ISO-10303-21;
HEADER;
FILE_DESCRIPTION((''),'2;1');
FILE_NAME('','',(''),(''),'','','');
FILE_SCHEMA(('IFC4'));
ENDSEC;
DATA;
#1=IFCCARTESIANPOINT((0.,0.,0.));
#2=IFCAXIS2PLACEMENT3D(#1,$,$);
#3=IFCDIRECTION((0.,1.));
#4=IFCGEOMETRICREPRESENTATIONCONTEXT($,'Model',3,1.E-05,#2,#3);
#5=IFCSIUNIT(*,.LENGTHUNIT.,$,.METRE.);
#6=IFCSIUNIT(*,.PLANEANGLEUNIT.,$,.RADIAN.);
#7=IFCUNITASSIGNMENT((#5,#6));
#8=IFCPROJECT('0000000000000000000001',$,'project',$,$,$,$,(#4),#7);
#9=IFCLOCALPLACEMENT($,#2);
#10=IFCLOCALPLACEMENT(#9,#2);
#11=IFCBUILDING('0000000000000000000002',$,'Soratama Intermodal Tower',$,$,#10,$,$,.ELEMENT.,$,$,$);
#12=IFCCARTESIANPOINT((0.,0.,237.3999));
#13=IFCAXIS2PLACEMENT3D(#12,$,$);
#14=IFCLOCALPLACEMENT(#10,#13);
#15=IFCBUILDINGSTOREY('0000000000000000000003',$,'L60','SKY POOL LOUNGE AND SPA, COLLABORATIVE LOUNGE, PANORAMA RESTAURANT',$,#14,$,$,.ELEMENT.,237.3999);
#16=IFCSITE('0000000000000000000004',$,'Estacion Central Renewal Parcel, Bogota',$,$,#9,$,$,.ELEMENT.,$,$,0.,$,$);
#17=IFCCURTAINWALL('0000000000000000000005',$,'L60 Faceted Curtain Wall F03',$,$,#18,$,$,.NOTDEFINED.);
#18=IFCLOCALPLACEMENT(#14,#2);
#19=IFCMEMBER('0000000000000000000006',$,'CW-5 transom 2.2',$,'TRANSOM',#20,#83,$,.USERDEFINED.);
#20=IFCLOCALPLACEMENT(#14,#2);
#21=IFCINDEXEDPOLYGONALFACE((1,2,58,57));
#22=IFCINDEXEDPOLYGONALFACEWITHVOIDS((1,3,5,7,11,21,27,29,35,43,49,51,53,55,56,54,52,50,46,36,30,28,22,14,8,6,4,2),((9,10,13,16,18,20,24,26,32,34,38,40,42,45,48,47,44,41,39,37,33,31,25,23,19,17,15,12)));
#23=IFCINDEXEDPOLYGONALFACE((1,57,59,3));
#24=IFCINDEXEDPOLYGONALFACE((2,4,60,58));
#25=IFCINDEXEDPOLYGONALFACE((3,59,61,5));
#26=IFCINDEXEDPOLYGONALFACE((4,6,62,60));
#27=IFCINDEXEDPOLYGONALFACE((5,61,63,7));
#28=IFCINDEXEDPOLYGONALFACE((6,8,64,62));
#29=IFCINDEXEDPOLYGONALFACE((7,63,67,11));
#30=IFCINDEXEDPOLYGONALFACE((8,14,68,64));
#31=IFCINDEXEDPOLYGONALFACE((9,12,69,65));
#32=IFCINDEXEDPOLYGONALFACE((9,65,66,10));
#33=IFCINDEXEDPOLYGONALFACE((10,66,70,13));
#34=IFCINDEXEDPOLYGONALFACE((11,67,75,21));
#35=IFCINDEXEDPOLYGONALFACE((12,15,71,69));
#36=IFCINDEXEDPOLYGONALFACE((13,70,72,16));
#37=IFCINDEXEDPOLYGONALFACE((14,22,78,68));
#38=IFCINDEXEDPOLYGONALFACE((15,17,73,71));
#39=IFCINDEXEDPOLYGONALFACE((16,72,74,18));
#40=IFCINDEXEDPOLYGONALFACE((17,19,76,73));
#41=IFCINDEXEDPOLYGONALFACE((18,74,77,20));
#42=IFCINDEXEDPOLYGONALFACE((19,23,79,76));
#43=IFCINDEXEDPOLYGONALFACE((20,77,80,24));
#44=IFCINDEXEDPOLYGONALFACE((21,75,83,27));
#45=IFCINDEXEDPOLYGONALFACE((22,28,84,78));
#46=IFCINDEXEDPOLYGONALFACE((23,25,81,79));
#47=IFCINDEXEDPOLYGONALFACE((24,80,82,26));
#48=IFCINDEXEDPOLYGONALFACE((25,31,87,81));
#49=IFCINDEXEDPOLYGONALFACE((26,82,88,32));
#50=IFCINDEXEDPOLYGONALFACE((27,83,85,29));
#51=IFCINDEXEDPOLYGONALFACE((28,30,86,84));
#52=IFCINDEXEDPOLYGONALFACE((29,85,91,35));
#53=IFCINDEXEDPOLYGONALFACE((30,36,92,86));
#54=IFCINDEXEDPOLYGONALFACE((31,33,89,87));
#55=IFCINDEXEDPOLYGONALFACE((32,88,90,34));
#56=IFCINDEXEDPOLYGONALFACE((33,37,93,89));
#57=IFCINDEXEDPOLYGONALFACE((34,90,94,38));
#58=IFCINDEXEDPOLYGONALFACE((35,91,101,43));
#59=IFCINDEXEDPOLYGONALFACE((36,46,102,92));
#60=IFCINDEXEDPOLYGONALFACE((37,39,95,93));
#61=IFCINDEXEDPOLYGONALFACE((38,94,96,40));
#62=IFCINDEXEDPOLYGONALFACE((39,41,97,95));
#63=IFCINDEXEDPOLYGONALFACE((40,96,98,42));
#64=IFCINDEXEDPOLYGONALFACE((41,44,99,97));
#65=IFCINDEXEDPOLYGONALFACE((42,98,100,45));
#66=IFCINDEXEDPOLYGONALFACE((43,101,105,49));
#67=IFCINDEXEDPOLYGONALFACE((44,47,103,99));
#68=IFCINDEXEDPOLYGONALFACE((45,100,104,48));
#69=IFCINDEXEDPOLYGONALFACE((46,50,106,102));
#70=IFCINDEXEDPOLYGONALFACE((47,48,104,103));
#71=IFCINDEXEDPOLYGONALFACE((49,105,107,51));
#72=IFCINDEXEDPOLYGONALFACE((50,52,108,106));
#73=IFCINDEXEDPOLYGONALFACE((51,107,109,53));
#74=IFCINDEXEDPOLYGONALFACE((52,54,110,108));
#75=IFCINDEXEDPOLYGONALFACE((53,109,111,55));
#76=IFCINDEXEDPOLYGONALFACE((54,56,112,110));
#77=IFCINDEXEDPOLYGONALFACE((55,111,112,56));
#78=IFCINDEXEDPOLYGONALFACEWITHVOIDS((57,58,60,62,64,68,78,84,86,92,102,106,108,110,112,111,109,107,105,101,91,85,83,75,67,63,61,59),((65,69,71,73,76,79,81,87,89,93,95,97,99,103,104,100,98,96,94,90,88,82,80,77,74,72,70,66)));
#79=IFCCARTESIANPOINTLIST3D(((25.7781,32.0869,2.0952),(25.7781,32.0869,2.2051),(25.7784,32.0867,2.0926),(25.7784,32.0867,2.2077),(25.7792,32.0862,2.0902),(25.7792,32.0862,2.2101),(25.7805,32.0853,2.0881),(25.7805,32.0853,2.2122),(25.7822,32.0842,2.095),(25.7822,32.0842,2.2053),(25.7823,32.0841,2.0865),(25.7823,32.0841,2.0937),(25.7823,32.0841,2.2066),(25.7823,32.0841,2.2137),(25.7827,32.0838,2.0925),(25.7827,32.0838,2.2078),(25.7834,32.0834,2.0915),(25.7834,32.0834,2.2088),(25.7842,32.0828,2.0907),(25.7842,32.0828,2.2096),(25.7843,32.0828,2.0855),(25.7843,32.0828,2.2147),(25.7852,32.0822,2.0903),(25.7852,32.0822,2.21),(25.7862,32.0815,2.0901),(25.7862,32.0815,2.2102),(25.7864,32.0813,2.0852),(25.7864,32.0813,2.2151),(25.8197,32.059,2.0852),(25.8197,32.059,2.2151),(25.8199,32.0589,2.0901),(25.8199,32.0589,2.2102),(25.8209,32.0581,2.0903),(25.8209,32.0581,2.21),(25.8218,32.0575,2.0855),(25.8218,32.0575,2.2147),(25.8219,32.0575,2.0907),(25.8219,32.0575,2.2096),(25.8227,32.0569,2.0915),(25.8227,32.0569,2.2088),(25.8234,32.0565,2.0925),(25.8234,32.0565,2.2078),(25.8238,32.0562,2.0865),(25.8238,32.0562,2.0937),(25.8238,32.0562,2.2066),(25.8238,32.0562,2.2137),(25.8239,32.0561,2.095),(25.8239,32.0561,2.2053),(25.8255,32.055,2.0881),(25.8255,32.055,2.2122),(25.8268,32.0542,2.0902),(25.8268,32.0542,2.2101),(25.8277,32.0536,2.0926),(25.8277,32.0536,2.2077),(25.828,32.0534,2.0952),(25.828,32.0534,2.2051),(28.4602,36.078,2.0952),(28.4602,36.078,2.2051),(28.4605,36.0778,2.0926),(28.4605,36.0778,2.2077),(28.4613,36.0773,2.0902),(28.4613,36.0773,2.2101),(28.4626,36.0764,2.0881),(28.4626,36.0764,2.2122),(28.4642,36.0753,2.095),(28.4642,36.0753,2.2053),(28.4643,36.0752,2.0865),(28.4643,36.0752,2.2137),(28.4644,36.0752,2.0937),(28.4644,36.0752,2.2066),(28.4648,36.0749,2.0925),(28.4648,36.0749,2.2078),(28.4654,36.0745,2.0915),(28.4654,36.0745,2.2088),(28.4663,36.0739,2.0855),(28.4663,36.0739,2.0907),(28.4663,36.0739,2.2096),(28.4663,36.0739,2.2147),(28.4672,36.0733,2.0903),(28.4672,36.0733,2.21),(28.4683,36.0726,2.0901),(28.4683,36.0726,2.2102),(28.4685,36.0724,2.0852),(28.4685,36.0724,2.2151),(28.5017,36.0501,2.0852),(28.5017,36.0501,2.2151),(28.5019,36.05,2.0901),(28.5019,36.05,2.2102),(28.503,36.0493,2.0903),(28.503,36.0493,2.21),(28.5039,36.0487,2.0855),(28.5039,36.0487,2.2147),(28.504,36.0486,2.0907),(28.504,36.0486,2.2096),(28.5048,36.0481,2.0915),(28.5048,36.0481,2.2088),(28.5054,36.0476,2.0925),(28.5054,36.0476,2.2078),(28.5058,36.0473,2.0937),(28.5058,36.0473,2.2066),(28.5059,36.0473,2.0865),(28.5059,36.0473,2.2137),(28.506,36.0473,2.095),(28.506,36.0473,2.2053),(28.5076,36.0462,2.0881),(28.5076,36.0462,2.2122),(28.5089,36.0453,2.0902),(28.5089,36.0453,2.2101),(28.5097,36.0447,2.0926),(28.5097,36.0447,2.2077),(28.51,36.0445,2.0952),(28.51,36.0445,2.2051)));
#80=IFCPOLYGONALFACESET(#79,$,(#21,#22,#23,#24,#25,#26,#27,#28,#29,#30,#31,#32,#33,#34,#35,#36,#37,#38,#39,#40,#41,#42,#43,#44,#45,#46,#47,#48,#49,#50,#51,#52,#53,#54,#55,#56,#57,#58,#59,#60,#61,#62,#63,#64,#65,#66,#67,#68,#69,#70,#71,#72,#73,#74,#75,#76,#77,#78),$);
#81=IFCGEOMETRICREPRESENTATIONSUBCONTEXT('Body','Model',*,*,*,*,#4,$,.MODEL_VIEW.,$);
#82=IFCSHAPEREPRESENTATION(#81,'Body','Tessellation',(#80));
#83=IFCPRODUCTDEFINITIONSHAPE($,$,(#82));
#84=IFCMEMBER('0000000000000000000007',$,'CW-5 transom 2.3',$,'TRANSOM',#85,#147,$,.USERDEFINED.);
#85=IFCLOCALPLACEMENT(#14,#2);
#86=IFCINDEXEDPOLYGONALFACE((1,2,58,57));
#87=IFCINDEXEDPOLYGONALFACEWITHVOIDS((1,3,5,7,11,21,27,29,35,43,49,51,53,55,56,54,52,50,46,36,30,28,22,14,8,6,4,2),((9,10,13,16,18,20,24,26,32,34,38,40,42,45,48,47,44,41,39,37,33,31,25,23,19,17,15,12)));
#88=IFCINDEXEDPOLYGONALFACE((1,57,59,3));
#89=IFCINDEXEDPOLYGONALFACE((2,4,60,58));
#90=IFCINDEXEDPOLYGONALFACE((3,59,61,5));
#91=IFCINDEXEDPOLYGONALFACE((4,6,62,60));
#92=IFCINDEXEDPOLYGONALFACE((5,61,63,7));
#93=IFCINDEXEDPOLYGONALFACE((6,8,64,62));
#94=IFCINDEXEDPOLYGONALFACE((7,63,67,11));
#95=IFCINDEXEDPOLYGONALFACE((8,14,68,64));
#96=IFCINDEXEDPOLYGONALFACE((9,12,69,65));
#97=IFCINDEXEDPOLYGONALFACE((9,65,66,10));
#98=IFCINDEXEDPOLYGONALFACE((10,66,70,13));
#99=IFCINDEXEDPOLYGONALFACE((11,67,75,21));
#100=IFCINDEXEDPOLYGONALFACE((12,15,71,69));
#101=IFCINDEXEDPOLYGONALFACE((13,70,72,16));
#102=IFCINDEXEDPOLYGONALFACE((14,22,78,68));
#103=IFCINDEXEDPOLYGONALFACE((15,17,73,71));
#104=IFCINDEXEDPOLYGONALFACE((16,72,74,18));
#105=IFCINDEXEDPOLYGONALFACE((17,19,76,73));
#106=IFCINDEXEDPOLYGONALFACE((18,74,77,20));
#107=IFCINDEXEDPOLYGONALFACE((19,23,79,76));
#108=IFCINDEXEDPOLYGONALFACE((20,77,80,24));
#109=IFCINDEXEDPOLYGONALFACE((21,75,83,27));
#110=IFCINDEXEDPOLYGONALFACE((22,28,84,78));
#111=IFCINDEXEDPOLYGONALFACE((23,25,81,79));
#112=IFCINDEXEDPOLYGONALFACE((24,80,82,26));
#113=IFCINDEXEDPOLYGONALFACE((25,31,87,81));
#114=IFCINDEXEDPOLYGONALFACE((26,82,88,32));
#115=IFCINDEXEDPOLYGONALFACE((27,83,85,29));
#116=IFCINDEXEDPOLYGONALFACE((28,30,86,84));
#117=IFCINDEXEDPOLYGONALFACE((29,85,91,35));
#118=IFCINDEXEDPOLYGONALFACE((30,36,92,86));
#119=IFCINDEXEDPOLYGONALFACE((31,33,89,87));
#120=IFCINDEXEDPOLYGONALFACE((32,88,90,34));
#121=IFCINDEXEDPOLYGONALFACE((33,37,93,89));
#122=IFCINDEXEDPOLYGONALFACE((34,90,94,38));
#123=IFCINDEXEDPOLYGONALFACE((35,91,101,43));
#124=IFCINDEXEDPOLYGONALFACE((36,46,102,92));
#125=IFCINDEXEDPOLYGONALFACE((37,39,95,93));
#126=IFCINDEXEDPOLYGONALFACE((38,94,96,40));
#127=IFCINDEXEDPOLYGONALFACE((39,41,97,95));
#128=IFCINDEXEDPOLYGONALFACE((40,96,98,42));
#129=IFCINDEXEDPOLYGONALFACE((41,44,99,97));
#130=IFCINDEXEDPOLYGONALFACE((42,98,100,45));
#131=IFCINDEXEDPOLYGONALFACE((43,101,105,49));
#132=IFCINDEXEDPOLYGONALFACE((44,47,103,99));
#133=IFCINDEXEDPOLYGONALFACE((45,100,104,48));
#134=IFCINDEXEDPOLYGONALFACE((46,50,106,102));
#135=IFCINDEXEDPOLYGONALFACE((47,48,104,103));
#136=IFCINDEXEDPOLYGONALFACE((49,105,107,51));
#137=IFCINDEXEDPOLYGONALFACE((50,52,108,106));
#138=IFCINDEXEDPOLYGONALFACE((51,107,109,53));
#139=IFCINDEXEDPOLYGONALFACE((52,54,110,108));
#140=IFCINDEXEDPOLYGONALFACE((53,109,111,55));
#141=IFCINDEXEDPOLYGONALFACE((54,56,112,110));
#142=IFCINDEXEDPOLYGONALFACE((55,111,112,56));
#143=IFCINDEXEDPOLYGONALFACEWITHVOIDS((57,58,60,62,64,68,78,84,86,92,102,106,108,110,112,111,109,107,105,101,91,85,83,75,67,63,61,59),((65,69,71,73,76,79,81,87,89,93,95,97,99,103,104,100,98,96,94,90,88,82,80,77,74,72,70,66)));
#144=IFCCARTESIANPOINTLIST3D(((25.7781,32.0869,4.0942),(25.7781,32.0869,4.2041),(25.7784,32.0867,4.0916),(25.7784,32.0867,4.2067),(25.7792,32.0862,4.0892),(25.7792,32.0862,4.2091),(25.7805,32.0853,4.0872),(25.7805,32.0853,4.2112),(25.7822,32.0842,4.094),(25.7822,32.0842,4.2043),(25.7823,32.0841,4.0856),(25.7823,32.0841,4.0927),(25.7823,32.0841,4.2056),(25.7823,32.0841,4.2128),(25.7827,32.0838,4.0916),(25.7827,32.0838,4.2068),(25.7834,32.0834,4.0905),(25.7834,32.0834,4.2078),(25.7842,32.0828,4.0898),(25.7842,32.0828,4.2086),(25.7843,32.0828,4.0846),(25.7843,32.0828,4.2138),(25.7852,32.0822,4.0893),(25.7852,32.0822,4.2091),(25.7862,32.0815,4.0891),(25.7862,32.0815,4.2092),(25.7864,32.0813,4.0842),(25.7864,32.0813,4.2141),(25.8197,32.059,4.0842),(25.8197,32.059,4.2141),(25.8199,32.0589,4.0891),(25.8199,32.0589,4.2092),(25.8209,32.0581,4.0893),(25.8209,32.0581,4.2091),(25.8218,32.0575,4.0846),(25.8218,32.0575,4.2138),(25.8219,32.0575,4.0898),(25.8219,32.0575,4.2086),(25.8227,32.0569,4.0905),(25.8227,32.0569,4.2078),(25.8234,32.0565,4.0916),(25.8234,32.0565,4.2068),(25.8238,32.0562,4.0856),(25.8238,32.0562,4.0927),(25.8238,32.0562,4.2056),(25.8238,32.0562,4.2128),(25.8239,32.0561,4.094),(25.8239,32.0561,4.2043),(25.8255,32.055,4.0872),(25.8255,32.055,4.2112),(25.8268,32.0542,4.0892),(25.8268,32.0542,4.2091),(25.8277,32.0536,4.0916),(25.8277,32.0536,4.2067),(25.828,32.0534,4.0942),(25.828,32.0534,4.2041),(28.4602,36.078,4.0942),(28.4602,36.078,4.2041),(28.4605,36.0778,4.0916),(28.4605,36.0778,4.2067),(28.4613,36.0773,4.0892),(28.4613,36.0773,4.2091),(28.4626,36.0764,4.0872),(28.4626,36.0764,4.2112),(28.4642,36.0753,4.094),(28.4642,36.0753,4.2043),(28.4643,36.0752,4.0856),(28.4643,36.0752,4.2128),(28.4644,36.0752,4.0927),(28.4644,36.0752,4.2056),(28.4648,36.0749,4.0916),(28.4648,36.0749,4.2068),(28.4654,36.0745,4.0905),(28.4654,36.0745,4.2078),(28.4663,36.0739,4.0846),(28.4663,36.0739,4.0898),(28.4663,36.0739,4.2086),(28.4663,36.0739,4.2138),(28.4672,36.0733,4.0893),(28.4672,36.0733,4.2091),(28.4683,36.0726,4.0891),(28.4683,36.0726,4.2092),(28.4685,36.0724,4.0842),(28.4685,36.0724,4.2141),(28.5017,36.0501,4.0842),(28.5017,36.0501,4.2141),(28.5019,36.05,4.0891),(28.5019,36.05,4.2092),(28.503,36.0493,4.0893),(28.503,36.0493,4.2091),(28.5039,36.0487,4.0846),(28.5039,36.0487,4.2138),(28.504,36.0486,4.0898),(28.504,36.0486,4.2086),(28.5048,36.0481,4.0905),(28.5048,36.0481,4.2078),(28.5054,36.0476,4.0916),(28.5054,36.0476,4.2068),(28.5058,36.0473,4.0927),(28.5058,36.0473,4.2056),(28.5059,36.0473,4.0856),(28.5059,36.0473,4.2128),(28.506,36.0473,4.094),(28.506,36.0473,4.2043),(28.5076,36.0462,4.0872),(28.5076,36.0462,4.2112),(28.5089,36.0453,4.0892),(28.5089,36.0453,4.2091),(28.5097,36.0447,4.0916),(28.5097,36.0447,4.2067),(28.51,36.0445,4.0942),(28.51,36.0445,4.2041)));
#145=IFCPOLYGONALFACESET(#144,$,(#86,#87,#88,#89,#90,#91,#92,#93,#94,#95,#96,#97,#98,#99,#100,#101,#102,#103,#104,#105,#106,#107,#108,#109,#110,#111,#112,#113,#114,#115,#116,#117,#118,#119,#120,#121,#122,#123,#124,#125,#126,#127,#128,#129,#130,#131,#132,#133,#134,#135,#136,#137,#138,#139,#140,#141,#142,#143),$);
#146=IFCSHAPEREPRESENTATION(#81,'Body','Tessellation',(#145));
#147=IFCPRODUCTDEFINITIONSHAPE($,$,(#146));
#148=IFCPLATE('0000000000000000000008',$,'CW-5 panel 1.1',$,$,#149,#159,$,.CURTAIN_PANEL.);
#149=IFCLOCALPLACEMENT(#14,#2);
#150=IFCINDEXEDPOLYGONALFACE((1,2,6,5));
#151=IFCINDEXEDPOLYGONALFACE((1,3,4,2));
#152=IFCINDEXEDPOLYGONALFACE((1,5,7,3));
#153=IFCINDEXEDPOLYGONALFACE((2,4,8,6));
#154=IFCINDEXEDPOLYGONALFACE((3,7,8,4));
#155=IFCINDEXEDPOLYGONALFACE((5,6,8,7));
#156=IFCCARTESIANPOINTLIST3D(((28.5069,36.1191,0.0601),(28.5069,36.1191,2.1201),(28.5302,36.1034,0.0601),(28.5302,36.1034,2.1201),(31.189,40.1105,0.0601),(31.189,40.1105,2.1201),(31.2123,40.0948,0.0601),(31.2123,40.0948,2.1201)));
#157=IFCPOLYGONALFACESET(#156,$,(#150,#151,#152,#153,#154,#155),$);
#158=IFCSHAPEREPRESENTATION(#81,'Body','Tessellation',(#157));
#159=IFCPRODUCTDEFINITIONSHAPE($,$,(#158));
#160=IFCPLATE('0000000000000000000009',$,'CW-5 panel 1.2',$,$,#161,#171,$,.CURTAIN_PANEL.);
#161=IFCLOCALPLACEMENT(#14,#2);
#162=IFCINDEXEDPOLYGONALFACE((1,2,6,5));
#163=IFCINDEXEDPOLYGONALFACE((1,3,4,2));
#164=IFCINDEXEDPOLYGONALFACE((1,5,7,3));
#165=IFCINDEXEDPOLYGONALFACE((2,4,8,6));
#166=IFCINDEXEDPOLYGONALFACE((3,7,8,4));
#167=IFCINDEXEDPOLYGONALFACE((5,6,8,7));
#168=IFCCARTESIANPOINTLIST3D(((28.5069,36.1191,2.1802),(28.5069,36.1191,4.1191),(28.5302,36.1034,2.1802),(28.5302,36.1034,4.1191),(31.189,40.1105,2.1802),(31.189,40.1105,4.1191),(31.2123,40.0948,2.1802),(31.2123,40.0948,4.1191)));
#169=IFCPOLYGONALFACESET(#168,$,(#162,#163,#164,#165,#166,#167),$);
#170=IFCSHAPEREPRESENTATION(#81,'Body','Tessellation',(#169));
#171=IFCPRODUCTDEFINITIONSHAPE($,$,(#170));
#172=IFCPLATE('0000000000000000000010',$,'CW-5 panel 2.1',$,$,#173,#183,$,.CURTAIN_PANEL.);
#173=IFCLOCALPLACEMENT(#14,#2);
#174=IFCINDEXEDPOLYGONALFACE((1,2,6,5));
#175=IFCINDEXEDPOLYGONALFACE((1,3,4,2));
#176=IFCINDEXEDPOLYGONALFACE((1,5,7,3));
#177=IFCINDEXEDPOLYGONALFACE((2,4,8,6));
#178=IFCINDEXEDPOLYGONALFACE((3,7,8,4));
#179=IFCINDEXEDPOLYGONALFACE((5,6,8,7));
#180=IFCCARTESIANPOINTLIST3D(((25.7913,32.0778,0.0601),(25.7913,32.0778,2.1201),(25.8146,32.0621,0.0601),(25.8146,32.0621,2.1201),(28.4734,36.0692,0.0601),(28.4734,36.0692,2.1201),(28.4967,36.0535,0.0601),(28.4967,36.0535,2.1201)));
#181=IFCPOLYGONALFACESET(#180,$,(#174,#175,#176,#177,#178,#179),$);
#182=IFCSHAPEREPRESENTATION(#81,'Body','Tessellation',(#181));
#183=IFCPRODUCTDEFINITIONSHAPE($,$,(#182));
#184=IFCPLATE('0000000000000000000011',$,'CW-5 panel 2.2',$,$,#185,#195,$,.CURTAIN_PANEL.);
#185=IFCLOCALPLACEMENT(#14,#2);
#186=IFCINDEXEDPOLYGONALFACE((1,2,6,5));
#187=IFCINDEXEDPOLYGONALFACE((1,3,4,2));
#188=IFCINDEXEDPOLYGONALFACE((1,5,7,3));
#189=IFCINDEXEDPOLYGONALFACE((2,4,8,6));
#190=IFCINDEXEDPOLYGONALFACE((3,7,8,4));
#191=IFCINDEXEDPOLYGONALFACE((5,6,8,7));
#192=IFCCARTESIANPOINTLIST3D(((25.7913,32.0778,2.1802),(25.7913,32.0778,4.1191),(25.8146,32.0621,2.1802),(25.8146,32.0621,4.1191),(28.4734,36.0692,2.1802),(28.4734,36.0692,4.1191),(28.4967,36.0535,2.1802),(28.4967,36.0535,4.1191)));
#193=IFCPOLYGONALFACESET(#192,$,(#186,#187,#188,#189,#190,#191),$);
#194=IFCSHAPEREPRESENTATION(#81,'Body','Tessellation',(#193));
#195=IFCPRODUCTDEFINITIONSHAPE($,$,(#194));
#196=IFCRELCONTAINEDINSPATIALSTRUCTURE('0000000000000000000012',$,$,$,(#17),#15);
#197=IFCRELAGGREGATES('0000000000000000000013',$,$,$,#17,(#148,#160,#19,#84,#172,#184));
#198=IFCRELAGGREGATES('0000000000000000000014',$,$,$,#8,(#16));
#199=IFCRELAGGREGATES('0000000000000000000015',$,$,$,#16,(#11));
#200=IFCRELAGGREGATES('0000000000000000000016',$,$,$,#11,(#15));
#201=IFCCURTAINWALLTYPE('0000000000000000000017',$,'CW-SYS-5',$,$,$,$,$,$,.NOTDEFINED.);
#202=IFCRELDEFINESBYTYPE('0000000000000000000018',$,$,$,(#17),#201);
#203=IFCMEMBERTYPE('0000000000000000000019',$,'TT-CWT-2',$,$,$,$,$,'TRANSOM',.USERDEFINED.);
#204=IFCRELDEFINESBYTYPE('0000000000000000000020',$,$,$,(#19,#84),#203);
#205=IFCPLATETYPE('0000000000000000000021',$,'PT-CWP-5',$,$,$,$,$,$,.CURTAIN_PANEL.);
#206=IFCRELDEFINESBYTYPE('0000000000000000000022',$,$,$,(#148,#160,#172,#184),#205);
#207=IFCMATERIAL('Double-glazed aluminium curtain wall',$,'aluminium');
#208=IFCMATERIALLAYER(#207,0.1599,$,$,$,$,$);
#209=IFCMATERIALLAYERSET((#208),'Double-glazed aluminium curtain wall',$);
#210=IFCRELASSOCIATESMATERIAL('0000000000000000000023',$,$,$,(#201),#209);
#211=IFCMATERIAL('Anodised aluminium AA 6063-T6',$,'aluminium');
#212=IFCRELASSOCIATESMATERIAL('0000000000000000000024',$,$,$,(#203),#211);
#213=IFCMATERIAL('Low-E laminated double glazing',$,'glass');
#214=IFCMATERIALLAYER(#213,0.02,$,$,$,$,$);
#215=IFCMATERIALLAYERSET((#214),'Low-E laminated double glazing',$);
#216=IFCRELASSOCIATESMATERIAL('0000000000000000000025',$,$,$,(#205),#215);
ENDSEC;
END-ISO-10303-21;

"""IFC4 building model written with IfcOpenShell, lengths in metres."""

from ifc_helpers import new_model, si_unit, direction, frame, origin, origin_2d, place, context, subcontext, project, spatial, rectangle, hollow_rectangle, extrude, material, layer, layer_set, material_profile, profile_set, type_object, element, aggregate, save


model = new_model("IFC4")

# Units and contexts
model_context = context("Model", 3, precision=1e-05, world=origin(), true_north=direction((0.0, 1.0)))
body_context = subcontext(model_context, "Body", "Model", "MODEL_VIEW")
ifc_project = project(units=[si_unit("LENGTHUNIT", "METRE"), si_unit("PLANEANGLEUNIT", "RADIAN")], contexts=[model_context])

# Site, building, storey
site_placement = place(None, origin())
site = spatial("IfcSite", under=ifc_project, at=site_placement, Name="Estacion Central Renewal Parcel, Bogota", CompositionType="ELEMENT", RefElevation=0.0)
building_placement = place(site_placement, origin())
building = spatial("IfcBuilding", under=site, at=building_placement, Name="Soratama Intermodal Tower", CompositionType="ELEMENT")
storey_placement = place(building_placement, frame((0.0, 0.0, 237.3999)))
storey = spatial("IfcBuildingStorey", under=building, at=storey_placement, Name="L60", Description="SKY POOL LOUNGE AND SPA, COLLABORATIVE LOUNGE, PANORAMA RESTAURANT", CompositionType="ELEMENT", Elevation=237.3999)

# Curtain wall, members, plates
ifc_material_1 = material(Name="Double-glazed aluminium curtain wall", Category="aluminium")
ifc_layer_1 = layer(ifc_material_1, 0.1599)
ifc_layer_set_1 = layer_set([ifc_layer_1], Name="Double-glazed aluminium curtain wall")
curtain_wall_type = type_object("IfcCurtainWallType", Name="CW-SYS-5", PredefinedType="NOTDEFINED", material=ifc_layer_set_1)
curtain_wall_placement = place(storey_placement, origin())
curtain_wall = element("IfcCurtainWall", 1, at=curtain_wall_placement, inside=storey, type_object=curtain_wall_type, Name="L60 Faceted Curtain Wall F03", PredefinedType="NOTDEFINED")
ifc_material_2 = material(Name="Anodised aluminium AA 6063-T6", Category="aluminium")
ifc_material_profile_1 = material_profile(ifc_material_2, hollow_rectangle(XDim=0.0601, YDim=0.1299, WallThickness=0.0049, InnerFilletRadius=0.0049, OuterFilletRadius=0.01, at=origin_2d()), Name="CWT130X60X5")
ifc_profile_set_1 = profile_set([ifc_material_profile_1], Name="Anodised aluminium AA 6063-T6")
member_type_1 = type_object("IfcMemberType", Name="TT-CWT-2", ElementType="TRANSOM", PredefinedType="USERDEFINED", material=ifc_profile_set_1)
member_1_placement = place(storey_placement, frame((28.4851, 36.0613, 2.1501), z_axis=(-0.557766, -0.829998, 0.0), x_axis=(0.829998, -0.557766, 0.0)))
member_1 = element("IfcMember", 2, at=member_1_placement, type_object=member_type_1, Name="CW-5 transom 2.2", ObjectType="TRANSOM", PredefinedType="USERDEFINED", context=body_context, shape_type="SweptSolid", body=[
    extrude(hollow_rectangle(XDim=0.0601, YDim=0.1299, WallThickness=0.0049, InnerFilletRadius=0.0049, OuterFilletRadius=0.01, at=origin_2d()), origin(), (0.0, 0.0, 1.0), 4.8086),
])
member_2_placement = place(storey_placement, frame((28.4851, 36.0613, 4.1492), z_axis=(-0.557766, -0.829998, 0.0), x_axis=(0.829998, -0.557766, 0.0)))
member_2 = element("IfcMember", 3, at=member_2_placement, type_object=member_type_1, Name="CW-5 transom 2.3", ObjectType="TRANSOM", PredefinedType="USERDEFINED", context=body_context, shape_type="SweptSolid", body=[
    extrude(hollow_rectangle(XDim=0.0601, YDim=0.1299, WallThickness=0.0049, InnerFilletRadius=0.0049, OuterFilletRadius=0.01, at=origin_2d()), origin(), (0.0, 0.0, 1.0), 4.8086),
])
ifc_material_3 = material(Name="Low-E laminated double glazing", Category="glass")
ifc_layer_2 = layer(ifc_material_3, 0.02)
ifc_layer_set_2 = layer_set([ifc_layer_2], Name="Low-E laminated double glazing")
plate_type = type_object("IfcPlateType", Name="PT-CWP-5", PredefinedType="CURTAIN_PANEL", material=ifc_layer_set_2)
plate_1_placement = place(storey_placement, frame((29.8596, 38.1069, 0.0601), z_axis=(0.0, 0.0, 1.0), x_axis=(-0.557744, -0.830013, 0.0)))
plate_1 = element("IfcPlate", 4, at=plate_1_placement, type_object=plate_type, Name="CW-5 panel 1.1", PredefinedType="CURTAIN_PANEL", context=body_context, shape_type="SweptSolid", body=[
    extrude(rectangle(XDim=4.8088, YDim=0.0281, at=origin_2d()), origin(), (0.0, 0.0, 1.0), 2.0601),
])
plate_2_placement = place(storey_placement, frame((29.8596, 38.1069, 2.1802), z_axis=(0.0, 0.0, 1.0), x_axis=(-0.557744, -0.830013, 0.0)))
plate_2 = element("IfcPlate", 5, at=plate_2_placement, type_object=plate_type, Name="CW-5 panel 1.2", PredefinedType="CURTAIN_PANEL", context=body_context, shape_type="SweptSolid", body=[
    extrude(rectangle(XDim=4.8088, YDim=0.0281, at=origin_2d()), origin(), (0.0, 0.0, 1.0), 1.939),
])
plate_3_placement = place(storey_placement, frame((27.144, 34.0657, 0.0601), z_axis=(0.0, 0.0, 1.0), x_axis=(-0.557744, -0.830013, 0.0)))
plate_3 = element("IfcPlate", 6, at=plate_3_placement, type_object=plate_type, Name="CW-5 panel 2.1", PredefinedType="CURTAIN_PANEL", context=body_context, shape_type="SweptSolid", body=[
    extrude(rectangle(XDim=4.8088, YDim=0.0281, at=origin_2d()), origin(), (0.0, 0.0, 1.0), 2.0601),
])
plate_4_placement = place(storey_placement, frame((27.144, 34.0657, 2.1802), z_axis=(0.0, 0.0, 1.0), x_axis=(-0.557744, -0.830013, 0.0)))
plate_4 = element("IfcPlate", 7, at=plate_4_placement, type_object=plate_type, Name="CW-5 panel 2.2", PredefinedType="CURTAIN_PANEL", context=body_context, shape_type="SweptSolid", body=[
    extrude(rectangle(XDim=4.8088, YDim=0.0281, at=origin_2d()), origin(), (0.0, 0.0, 1.0), 1.939),
])
aggregate(curtain_wall, [plate_1, plate_2, member_1, member_2, plate_3, plate_4])

save(model, "model.ifc")
